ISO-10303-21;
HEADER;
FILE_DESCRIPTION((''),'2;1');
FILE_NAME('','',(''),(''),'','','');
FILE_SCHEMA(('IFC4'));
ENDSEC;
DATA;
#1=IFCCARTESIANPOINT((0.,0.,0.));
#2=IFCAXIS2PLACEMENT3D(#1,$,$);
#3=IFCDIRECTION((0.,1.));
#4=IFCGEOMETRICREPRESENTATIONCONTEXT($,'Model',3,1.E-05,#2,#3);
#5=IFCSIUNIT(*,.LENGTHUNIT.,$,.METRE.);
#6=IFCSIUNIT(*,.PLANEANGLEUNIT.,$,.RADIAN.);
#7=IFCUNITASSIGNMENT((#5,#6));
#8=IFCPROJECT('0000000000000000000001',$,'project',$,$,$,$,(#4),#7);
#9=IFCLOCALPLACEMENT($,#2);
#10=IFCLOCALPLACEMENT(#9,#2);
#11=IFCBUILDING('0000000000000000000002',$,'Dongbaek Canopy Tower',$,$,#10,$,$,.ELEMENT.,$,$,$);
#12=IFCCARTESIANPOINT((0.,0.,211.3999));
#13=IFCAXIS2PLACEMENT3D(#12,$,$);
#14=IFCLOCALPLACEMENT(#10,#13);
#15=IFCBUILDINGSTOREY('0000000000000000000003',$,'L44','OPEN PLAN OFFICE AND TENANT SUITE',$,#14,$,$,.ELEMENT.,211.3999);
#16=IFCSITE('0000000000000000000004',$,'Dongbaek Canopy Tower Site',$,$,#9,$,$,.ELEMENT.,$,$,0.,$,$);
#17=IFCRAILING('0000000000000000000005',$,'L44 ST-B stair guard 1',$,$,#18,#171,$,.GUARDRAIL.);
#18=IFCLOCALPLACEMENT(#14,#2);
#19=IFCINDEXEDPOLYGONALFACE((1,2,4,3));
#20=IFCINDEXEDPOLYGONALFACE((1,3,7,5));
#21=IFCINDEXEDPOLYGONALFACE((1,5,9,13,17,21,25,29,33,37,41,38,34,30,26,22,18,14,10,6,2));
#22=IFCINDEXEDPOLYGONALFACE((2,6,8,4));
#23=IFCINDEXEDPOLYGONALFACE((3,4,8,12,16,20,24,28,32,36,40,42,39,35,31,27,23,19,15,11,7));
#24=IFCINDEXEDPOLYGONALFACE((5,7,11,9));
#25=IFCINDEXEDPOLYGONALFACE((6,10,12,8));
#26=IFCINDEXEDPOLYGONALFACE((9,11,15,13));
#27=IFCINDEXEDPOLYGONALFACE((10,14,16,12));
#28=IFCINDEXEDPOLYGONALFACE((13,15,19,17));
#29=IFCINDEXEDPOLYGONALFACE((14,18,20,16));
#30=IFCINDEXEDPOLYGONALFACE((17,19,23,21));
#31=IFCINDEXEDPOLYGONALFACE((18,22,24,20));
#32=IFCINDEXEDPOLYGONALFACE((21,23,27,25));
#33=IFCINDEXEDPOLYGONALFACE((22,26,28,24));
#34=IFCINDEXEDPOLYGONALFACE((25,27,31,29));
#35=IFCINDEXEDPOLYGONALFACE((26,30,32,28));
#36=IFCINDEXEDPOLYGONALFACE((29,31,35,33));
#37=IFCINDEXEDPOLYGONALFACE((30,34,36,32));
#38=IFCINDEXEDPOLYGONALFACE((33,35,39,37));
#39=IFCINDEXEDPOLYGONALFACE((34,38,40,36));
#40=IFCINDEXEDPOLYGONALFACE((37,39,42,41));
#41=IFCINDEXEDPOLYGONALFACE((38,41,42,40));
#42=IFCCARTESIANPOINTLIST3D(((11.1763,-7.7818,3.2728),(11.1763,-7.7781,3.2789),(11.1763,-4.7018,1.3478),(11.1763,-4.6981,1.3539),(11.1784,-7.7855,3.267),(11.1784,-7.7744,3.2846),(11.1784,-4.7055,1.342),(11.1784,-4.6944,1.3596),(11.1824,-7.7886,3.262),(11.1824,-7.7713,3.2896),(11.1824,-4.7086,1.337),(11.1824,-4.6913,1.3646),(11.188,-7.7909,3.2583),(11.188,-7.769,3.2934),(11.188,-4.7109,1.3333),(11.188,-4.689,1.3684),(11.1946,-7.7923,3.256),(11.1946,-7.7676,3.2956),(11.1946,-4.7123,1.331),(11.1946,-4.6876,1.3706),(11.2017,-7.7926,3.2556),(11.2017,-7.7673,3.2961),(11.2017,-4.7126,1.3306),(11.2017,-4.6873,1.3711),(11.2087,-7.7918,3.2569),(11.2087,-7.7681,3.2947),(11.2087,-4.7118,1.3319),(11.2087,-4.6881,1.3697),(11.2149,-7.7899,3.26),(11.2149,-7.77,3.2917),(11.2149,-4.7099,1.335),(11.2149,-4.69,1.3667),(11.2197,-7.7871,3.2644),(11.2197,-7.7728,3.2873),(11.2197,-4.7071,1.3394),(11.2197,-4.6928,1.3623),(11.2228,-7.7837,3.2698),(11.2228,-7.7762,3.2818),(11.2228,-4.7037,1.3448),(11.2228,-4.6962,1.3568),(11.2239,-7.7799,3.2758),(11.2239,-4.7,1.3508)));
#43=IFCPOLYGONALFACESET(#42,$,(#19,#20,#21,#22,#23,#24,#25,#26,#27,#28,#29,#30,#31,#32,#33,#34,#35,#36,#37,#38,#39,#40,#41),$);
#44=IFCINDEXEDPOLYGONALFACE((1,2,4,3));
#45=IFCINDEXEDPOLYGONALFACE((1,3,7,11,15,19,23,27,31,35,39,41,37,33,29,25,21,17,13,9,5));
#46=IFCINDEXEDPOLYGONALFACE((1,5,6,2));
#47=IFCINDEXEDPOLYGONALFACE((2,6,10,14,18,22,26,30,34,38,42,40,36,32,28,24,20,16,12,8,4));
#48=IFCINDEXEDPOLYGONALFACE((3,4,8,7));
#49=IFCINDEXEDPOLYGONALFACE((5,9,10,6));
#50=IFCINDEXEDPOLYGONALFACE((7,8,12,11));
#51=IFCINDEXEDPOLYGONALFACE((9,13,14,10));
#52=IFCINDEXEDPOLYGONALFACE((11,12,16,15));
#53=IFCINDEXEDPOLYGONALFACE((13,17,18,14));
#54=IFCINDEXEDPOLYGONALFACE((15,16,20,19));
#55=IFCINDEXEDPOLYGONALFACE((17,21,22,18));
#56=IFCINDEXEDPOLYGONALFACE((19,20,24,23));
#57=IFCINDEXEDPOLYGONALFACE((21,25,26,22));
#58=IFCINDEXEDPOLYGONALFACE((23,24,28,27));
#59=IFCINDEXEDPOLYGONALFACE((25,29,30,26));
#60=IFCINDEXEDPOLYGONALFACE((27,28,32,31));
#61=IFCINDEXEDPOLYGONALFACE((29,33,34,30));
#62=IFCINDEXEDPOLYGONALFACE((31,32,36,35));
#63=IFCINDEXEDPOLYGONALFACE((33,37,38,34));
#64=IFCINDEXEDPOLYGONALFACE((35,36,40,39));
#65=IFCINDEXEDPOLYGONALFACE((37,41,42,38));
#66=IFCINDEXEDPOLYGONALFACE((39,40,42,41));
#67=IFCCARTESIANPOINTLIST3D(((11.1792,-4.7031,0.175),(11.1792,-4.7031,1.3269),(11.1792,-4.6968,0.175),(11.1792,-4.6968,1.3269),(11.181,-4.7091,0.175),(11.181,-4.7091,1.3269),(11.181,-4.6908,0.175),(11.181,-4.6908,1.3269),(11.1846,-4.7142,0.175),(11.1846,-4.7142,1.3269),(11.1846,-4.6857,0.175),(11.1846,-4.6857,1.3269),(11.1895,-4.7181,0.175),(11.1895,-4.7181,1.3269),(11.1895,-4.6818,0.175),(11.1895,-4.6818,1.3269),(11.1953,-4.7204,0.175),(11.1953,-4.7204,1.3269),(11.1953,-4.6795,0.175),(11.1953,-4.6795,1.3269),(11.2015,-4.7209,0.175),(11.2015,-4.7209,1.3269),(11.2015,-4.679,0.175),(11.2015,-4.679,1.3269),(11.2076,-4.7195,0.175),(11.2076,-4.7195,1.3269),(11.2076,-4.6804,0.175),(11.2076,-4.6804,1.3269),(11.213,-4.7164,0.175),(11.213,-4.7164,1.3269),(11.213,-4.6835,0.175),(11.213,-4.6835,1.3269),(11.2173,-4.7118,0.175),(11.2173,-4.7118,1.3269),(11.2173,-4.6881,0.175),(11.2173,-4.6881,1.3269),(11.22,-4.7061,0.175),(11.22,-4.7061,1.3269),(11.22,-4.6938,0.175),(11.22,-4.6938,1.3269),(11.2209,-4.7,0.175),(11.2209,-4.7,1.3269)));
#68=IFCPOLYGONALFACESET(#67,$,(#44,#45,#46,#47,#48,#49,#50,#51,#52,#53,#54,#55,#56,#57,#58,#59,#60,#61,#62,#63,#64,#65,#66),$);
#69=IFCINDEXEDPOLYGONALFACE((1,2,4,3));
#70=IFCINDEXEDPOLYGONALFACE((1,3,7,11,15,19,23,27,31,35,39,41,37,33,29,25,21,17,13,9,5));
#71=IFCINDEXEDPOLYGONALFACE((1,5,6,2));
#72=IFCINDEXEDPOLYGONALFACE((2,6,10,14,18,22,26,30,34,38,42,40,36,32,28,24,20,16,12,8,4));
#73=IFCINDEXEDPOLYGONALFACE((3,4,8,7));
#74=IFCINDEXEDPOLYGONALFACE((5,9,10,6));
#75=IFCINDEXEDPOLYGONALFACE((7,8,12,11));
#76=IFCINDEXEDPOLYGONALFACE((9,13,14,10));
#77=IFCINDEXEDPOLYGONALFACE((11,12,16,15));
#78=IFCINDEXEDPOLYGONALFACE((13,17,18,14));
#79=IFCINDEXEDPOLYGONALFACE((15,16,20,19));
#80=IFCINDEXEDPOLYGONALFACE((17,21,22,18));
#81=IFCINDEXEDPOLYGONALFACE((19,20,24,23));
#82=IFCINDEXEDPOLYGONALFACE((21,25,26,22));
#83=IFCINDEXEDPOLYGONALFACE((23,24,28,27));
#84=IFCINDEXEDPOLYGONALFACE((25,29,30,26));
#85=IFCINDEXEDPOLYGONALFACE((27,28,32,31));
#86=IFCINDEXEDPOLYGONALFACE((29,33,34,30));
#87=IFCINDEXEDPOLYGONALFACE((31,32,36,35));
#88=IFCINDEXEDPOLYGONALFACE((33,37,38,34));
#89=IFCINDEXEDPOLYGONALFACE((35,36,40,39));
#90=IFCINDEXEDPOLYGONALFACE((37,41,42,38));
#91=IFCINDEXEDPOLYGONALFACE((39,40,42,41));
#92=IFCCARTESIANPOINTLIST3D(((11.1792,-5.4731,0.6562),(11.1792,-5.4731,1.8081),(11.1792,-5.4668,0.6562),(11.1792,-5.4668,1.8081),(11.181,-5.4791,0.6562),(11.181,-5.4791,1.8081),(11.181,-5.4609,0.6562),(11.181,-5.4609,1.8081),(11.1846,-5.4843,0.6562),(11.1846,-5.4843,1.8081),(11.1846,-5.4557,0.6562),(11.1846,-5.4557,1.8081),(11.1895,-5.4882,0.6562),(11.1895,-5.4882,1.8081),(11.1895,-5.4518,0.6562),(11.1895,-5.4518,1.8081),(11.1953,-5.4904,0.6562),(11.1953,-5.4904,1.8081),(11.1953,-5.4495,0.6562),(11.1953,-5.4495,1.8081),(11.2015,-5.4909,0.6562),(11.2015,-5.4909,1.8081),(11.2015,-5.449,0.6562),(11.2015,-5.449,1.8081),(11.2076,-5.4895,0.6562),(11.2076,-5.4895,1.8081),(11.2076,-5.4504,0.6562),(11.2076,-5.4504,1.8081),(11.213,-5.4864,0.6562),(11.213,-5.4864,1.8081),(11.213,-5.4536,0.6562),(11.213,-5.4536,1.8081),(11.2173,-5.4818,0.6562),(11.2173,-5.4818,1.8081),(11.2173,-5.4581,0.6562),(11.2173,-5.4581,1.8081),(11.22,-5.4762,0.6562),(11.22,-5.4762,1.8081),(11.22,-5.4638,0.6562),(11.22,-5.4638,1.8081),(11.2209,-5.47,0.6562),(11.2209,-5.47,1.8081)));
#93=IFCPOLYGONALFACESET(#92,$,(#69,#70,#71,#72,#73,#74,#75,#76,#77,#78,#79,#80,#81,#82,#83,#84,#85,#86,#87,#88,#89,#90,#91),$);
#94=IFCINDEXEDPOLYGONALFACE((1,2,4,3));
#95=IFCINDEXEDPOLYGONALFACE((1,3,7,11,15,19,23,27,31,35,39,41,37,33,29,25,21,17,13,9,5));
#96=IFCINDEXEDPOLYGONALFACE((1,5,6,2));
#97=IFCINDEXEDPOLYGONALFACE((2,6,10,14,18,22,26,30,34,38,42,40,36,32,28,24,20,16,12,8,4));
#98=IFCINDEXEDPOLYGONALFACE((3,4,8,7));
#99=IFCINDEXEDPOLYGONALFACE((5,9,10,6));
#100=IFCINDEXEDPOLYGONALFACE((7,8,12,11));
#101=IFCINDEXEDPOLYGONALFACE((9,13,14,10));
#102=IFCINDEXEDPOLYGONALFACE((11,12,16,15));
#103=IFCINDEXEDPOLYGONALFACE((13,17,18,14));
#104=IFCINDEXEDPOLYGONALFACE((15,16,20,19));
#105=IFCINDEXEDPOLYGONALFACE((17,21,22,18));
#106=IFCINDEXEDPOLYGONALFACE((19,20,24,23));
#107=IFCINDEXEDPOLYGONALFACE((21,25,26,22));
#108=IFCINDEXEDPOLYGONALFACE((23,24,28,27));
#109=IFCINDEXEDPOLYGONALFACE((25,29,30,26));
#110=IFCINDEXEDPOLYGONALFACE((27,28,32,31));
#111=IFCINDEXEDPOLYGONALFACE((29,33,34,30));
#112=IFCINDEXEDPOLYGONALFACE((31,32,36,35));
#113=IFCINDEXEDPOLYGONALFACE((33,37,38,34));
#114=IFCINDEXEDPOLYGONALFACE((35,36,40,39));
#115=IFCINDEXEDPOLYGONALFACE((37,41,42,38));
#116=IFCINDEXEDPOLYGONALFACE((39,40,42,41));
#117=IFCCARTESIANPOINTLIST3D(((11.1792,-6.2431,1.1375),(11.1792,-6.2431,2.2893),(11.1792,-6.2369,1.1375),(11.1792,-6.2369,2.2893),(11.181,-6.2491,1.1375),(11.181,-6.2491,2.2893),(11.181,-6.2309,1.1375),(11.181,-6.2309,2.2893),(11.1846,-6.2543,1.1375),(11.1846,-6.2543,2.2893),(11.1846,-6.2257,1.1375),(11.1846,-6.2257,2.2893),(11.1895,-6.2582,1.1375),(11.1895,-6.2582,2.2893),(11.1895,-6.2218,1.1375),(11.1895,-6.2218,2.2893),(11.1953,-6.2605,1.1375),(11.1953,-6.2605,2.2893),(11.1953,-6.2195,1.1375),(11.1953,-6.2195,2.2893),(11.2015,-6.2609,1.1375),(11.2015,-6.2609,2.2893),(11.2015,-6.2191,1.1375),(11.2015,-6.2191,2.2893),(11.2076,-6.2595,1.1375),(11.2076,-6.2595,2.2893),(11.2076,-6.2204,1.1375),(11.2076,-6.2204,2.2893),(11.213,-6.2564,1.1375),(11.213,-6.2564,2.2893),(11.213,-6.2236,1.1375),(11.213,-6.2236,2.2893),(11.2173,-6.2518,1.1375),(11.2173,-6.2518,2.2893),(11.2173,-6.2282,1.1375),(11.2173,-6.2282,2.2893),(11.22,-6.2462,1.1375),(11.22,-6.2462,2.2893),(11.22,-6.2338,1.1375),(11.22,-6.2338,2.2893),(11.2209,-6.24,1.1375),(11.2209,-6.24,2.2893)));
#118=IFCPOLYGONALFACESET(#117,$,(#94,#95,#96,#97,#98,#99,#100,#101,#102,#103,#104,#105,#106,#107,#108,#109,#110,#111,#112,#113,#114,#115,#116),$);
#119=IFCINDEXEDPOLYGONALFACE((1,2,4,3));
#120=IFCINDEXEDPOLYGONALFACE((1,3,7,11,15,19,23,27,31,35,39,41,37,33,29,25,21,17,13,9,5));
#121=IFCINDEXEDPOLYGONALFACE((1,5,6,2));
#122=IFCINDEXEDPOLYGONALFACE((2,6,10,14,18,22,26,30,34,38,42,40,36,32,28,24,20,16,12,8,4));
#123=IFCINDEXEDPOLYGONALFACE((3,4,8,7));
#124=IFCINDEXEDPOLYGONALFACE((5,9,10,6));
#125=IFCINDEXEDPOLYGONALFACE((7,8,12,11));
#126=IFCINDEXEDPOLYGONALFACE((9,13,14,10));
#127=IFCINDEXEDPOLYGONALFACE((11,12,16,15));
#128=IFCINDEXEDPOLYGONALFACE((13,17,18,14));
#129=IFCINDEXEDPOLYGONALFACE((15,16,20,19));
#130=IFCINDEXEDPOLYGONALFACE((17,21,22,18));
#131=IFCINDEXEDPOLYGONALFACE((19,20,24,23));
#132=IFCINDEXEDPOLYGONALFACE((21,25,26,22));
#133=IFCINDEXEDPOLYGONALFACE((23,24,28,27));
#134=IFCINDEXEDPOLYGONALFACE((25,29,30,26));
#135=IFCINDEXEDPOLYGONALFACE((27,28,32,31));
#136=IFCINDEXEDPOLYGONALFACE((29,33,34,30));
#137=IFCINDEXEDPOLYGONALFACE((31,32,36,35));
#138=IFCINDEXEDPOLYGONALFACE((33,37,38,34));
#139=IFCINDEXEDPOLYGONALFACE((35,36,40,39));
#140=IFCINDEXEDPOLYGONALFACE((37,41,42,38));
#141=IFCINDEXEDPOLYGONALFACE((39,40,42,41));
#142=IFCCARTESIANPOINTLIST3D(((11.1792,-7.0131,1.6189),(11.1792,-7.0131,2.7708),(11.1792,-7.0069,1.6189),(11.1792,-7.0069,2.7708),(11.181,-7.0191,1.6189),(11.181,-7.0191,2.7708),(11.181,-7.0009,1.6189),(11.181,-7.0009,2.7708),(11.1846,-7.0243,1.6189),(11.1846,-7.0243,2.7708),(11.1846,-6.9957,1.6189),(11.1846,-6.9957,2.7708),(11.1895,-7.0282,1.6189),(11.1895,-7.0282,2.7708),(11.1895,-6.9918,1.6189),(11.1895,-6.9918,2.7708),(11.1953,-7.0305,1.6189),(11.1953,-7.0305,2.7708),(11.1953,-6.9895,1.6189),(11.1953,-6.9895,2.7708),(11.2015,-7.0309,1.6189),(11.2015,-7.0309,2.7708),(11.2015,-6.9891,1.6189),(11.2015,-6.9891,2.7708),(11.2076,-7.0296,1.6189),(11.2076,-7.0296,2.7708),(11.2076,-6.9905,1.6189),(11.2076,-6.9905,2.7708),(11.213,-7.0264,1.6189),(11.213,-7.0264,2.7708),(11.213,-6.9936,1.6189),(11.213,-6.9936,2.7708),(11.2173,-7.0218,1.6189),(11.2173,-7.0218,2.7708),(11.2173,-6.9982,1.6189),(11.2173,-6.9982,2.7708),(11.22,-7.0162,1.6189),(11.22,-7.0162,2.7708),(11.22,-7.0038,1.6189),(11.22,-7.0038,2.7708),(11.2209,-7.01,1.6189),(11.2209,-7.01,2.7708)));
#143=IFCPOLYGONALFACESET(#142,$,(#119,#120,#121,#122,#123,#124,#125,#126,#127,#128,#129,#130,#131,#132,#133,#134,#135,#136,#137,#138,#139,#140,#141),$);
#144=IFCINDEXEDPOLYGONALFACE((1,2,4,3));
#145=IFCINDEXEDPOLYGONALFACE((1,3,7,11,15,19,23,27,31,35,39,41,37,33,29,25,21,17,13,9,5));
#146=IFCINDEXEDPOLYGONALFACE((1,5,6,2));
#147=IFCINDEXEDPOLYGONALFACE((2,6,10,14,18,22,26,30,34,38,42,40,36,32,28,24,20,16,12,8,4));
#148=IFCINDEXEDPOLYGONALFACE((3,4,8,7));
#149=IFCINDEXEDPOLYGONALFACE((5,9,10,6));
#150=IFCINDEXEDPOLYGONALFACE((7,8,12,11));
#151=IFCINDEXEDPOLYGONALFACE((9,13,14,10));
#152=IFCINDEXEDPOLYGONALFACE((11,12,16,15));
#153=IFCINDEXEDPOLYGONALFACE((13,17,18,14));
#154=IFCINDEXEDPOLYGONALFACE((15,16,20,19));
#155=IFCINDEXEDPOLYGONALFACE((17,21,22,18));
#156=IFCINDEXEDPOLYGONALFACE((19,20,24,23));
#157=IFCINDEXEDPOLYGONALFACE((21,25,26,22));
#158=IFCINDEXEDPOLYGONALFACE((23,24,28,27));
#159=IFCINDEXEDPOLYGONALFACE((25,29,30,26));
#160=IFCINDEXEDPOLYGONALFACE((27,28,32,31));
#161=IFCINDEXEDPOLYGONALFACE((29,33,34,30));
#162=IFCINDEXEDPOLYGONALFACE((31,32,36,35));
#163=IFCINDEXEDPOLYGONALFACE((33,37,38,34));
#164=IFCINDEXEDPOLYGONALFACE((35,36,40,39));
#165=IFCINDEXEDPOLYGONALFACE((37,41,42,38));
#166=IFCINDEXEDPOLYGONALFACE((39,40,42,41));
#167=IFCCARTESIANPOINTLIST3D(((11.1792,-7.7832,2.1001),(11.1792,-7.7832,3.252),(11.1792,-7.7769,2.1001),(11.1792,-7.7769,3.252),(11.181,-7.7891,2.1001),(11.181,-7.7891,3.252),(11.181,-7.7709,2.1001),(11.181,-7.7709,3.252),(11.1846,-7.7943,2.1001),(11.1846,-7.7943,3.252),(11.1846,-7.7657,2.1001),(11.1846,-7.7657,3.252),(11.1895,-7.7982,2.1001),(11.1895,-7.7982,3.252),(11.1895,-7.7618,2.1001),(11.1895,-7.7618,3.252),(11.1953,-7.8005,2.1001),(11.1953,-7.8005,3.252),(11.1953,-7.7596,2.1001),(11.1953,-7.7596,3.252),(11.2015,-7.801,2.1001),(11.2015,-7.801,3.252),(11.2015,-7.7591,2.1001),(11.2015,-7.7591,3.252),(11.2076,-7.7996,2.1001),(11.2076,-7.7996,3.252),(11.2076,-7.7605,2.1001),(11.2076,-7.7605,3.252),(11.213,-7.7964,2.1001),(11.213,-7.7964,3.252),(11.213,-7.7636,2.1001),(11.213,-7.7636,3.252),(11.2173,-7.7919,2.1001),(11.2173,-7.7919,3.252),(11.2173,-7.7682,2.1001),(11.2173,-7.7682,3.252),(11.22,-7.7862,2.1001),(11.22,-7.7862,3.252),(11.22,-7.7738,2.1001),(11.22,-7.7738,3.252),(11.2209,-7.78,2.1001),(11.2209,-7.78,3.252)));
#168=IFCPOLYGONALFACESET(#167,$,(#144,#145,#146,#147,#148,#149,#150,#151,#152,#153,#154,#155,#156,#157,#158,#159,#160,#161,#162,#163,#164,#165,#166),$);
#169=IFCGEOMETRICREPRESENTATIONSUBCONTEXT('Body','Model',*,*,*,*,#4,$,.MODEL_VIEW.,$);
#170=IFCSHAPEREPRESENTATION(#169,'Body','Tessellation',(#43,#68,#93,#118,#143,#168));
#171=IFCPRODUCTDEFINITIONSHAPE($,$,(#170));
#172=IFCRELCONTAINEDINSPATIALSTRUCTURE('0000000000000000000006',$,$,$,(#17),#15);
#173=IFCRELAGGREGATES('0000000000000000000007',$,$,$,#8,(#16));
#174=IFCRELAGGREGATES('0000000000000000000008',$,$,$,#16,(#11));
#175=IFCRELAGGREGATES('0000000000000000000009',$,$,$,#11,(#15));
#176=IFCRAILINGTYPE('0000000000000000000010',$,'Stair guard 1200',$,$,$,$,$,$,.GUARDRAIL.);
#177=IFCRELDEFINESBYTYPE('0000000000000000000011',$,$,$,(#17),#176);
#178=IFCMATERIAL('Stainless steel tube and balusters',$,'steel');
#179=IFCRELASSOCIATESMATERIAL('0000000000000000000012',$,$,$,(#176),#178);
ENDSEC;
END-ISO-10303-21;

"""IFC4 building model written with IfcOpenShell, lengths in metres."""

from ifc_helpers import new_model, si_unit, direction, frame, origin, origin_2d, place, context, subcontext, project, spatial, circle, extrude, material, type_object, element, save


model = new_model("IFC4")

# Units and contexts
model_context = context("Model", 3, precision=1e-05, world=origin(), true_north=direction((0.0, 1.0)))
body_context = subcontext(model_context, "Body", "Model", "MODEL_VIEW")
ifc_project = project(units=[si_unit("LENGTHUNIT", "METRE"), si_unit("PLANEANGLEUNIT", "RADIAN")], contexts=[model_context])

# Site, building, storey
site_placement = place(None, origin())
site = spatial("IfcSite", under=ifc_project, at=site_placement, Name="Dongbaek Canopy Tower Site", CompositionType="ELEMENT", RefElevation=0.0)
building_placement = place(site_placement, origin())
building = spatial("IfcBuilding", under=site, at=building_placement, Name="Dongbaek Canopy Tower", CompositionType="ELEMENT")
storey_placement = place(building_placement, frame((0.0, 0.0, 211.3999)))
storey = spatial("IfcBuildingStorey", under=building, at=storey_placement, Name="L44", Description="OPEN PLAN OFFICE AND TENANT SUITE", CompositionType="ELEMENT", Elevation=211.3999)

# Railing
ifc_material_1 = material(Name="Stainless steel tube and balusters", Category="steel")
railing_type_1 = type_object("IfcRailingType", Name="Stair guard 1200", PredefinedType="GUARDRAIL", material=ifc_material_1)
railing_1_placement = place(storey_placement, frame((11.2, -4.7, 0.175)))
element("IfcRailing", 1, at=railing_1_placement, inside=storey, type_object=railing_type_1, Name="L44 ST-B stair guard 1", PredefinedType="GUARDRAIL", context=body_context, shape_type="SweptSolid", body=[
    extrude(circle(Radius=0.0239, at=origin_2d()), frame((0.0, 0.0, 1.1758), z_axis=(0.0, -0.847998, 0.529999), x_axis=(1.0, 0.0, 0.0)), (0.0, 0.0, 1.0), 3.6321),
    extrude(circle(Radius=0.021, at=origin_2d()), origin(), (0.0, 0.0, 1.0), 1.1519),
    extrude(circle(Radius=0.021, at=origin_2d()), frame((0.0, -0.77, 0.4812)), (0.0, 0.0, 1.0), 1.1519),
    extrude(circle(Radius=0.021, at=origin_2d()), frame((0.0, -1.54, 0.9624)), (0.0, 0.0, 1.0), 1.1519),
    extrude(circle(Radius=0.021, at=origin_2d()), frame((0.0, -2.3101, 1.4438)), (0.0, 0.0, 1.0), 1.1519),
    extrude(circle(Radius=0.021, at=origin_2d()), frame((0.0, -3.0801, 1.925)), (0.0, 0.0, 1.0), 1.1519),
])

save(model, "model.ifc")
